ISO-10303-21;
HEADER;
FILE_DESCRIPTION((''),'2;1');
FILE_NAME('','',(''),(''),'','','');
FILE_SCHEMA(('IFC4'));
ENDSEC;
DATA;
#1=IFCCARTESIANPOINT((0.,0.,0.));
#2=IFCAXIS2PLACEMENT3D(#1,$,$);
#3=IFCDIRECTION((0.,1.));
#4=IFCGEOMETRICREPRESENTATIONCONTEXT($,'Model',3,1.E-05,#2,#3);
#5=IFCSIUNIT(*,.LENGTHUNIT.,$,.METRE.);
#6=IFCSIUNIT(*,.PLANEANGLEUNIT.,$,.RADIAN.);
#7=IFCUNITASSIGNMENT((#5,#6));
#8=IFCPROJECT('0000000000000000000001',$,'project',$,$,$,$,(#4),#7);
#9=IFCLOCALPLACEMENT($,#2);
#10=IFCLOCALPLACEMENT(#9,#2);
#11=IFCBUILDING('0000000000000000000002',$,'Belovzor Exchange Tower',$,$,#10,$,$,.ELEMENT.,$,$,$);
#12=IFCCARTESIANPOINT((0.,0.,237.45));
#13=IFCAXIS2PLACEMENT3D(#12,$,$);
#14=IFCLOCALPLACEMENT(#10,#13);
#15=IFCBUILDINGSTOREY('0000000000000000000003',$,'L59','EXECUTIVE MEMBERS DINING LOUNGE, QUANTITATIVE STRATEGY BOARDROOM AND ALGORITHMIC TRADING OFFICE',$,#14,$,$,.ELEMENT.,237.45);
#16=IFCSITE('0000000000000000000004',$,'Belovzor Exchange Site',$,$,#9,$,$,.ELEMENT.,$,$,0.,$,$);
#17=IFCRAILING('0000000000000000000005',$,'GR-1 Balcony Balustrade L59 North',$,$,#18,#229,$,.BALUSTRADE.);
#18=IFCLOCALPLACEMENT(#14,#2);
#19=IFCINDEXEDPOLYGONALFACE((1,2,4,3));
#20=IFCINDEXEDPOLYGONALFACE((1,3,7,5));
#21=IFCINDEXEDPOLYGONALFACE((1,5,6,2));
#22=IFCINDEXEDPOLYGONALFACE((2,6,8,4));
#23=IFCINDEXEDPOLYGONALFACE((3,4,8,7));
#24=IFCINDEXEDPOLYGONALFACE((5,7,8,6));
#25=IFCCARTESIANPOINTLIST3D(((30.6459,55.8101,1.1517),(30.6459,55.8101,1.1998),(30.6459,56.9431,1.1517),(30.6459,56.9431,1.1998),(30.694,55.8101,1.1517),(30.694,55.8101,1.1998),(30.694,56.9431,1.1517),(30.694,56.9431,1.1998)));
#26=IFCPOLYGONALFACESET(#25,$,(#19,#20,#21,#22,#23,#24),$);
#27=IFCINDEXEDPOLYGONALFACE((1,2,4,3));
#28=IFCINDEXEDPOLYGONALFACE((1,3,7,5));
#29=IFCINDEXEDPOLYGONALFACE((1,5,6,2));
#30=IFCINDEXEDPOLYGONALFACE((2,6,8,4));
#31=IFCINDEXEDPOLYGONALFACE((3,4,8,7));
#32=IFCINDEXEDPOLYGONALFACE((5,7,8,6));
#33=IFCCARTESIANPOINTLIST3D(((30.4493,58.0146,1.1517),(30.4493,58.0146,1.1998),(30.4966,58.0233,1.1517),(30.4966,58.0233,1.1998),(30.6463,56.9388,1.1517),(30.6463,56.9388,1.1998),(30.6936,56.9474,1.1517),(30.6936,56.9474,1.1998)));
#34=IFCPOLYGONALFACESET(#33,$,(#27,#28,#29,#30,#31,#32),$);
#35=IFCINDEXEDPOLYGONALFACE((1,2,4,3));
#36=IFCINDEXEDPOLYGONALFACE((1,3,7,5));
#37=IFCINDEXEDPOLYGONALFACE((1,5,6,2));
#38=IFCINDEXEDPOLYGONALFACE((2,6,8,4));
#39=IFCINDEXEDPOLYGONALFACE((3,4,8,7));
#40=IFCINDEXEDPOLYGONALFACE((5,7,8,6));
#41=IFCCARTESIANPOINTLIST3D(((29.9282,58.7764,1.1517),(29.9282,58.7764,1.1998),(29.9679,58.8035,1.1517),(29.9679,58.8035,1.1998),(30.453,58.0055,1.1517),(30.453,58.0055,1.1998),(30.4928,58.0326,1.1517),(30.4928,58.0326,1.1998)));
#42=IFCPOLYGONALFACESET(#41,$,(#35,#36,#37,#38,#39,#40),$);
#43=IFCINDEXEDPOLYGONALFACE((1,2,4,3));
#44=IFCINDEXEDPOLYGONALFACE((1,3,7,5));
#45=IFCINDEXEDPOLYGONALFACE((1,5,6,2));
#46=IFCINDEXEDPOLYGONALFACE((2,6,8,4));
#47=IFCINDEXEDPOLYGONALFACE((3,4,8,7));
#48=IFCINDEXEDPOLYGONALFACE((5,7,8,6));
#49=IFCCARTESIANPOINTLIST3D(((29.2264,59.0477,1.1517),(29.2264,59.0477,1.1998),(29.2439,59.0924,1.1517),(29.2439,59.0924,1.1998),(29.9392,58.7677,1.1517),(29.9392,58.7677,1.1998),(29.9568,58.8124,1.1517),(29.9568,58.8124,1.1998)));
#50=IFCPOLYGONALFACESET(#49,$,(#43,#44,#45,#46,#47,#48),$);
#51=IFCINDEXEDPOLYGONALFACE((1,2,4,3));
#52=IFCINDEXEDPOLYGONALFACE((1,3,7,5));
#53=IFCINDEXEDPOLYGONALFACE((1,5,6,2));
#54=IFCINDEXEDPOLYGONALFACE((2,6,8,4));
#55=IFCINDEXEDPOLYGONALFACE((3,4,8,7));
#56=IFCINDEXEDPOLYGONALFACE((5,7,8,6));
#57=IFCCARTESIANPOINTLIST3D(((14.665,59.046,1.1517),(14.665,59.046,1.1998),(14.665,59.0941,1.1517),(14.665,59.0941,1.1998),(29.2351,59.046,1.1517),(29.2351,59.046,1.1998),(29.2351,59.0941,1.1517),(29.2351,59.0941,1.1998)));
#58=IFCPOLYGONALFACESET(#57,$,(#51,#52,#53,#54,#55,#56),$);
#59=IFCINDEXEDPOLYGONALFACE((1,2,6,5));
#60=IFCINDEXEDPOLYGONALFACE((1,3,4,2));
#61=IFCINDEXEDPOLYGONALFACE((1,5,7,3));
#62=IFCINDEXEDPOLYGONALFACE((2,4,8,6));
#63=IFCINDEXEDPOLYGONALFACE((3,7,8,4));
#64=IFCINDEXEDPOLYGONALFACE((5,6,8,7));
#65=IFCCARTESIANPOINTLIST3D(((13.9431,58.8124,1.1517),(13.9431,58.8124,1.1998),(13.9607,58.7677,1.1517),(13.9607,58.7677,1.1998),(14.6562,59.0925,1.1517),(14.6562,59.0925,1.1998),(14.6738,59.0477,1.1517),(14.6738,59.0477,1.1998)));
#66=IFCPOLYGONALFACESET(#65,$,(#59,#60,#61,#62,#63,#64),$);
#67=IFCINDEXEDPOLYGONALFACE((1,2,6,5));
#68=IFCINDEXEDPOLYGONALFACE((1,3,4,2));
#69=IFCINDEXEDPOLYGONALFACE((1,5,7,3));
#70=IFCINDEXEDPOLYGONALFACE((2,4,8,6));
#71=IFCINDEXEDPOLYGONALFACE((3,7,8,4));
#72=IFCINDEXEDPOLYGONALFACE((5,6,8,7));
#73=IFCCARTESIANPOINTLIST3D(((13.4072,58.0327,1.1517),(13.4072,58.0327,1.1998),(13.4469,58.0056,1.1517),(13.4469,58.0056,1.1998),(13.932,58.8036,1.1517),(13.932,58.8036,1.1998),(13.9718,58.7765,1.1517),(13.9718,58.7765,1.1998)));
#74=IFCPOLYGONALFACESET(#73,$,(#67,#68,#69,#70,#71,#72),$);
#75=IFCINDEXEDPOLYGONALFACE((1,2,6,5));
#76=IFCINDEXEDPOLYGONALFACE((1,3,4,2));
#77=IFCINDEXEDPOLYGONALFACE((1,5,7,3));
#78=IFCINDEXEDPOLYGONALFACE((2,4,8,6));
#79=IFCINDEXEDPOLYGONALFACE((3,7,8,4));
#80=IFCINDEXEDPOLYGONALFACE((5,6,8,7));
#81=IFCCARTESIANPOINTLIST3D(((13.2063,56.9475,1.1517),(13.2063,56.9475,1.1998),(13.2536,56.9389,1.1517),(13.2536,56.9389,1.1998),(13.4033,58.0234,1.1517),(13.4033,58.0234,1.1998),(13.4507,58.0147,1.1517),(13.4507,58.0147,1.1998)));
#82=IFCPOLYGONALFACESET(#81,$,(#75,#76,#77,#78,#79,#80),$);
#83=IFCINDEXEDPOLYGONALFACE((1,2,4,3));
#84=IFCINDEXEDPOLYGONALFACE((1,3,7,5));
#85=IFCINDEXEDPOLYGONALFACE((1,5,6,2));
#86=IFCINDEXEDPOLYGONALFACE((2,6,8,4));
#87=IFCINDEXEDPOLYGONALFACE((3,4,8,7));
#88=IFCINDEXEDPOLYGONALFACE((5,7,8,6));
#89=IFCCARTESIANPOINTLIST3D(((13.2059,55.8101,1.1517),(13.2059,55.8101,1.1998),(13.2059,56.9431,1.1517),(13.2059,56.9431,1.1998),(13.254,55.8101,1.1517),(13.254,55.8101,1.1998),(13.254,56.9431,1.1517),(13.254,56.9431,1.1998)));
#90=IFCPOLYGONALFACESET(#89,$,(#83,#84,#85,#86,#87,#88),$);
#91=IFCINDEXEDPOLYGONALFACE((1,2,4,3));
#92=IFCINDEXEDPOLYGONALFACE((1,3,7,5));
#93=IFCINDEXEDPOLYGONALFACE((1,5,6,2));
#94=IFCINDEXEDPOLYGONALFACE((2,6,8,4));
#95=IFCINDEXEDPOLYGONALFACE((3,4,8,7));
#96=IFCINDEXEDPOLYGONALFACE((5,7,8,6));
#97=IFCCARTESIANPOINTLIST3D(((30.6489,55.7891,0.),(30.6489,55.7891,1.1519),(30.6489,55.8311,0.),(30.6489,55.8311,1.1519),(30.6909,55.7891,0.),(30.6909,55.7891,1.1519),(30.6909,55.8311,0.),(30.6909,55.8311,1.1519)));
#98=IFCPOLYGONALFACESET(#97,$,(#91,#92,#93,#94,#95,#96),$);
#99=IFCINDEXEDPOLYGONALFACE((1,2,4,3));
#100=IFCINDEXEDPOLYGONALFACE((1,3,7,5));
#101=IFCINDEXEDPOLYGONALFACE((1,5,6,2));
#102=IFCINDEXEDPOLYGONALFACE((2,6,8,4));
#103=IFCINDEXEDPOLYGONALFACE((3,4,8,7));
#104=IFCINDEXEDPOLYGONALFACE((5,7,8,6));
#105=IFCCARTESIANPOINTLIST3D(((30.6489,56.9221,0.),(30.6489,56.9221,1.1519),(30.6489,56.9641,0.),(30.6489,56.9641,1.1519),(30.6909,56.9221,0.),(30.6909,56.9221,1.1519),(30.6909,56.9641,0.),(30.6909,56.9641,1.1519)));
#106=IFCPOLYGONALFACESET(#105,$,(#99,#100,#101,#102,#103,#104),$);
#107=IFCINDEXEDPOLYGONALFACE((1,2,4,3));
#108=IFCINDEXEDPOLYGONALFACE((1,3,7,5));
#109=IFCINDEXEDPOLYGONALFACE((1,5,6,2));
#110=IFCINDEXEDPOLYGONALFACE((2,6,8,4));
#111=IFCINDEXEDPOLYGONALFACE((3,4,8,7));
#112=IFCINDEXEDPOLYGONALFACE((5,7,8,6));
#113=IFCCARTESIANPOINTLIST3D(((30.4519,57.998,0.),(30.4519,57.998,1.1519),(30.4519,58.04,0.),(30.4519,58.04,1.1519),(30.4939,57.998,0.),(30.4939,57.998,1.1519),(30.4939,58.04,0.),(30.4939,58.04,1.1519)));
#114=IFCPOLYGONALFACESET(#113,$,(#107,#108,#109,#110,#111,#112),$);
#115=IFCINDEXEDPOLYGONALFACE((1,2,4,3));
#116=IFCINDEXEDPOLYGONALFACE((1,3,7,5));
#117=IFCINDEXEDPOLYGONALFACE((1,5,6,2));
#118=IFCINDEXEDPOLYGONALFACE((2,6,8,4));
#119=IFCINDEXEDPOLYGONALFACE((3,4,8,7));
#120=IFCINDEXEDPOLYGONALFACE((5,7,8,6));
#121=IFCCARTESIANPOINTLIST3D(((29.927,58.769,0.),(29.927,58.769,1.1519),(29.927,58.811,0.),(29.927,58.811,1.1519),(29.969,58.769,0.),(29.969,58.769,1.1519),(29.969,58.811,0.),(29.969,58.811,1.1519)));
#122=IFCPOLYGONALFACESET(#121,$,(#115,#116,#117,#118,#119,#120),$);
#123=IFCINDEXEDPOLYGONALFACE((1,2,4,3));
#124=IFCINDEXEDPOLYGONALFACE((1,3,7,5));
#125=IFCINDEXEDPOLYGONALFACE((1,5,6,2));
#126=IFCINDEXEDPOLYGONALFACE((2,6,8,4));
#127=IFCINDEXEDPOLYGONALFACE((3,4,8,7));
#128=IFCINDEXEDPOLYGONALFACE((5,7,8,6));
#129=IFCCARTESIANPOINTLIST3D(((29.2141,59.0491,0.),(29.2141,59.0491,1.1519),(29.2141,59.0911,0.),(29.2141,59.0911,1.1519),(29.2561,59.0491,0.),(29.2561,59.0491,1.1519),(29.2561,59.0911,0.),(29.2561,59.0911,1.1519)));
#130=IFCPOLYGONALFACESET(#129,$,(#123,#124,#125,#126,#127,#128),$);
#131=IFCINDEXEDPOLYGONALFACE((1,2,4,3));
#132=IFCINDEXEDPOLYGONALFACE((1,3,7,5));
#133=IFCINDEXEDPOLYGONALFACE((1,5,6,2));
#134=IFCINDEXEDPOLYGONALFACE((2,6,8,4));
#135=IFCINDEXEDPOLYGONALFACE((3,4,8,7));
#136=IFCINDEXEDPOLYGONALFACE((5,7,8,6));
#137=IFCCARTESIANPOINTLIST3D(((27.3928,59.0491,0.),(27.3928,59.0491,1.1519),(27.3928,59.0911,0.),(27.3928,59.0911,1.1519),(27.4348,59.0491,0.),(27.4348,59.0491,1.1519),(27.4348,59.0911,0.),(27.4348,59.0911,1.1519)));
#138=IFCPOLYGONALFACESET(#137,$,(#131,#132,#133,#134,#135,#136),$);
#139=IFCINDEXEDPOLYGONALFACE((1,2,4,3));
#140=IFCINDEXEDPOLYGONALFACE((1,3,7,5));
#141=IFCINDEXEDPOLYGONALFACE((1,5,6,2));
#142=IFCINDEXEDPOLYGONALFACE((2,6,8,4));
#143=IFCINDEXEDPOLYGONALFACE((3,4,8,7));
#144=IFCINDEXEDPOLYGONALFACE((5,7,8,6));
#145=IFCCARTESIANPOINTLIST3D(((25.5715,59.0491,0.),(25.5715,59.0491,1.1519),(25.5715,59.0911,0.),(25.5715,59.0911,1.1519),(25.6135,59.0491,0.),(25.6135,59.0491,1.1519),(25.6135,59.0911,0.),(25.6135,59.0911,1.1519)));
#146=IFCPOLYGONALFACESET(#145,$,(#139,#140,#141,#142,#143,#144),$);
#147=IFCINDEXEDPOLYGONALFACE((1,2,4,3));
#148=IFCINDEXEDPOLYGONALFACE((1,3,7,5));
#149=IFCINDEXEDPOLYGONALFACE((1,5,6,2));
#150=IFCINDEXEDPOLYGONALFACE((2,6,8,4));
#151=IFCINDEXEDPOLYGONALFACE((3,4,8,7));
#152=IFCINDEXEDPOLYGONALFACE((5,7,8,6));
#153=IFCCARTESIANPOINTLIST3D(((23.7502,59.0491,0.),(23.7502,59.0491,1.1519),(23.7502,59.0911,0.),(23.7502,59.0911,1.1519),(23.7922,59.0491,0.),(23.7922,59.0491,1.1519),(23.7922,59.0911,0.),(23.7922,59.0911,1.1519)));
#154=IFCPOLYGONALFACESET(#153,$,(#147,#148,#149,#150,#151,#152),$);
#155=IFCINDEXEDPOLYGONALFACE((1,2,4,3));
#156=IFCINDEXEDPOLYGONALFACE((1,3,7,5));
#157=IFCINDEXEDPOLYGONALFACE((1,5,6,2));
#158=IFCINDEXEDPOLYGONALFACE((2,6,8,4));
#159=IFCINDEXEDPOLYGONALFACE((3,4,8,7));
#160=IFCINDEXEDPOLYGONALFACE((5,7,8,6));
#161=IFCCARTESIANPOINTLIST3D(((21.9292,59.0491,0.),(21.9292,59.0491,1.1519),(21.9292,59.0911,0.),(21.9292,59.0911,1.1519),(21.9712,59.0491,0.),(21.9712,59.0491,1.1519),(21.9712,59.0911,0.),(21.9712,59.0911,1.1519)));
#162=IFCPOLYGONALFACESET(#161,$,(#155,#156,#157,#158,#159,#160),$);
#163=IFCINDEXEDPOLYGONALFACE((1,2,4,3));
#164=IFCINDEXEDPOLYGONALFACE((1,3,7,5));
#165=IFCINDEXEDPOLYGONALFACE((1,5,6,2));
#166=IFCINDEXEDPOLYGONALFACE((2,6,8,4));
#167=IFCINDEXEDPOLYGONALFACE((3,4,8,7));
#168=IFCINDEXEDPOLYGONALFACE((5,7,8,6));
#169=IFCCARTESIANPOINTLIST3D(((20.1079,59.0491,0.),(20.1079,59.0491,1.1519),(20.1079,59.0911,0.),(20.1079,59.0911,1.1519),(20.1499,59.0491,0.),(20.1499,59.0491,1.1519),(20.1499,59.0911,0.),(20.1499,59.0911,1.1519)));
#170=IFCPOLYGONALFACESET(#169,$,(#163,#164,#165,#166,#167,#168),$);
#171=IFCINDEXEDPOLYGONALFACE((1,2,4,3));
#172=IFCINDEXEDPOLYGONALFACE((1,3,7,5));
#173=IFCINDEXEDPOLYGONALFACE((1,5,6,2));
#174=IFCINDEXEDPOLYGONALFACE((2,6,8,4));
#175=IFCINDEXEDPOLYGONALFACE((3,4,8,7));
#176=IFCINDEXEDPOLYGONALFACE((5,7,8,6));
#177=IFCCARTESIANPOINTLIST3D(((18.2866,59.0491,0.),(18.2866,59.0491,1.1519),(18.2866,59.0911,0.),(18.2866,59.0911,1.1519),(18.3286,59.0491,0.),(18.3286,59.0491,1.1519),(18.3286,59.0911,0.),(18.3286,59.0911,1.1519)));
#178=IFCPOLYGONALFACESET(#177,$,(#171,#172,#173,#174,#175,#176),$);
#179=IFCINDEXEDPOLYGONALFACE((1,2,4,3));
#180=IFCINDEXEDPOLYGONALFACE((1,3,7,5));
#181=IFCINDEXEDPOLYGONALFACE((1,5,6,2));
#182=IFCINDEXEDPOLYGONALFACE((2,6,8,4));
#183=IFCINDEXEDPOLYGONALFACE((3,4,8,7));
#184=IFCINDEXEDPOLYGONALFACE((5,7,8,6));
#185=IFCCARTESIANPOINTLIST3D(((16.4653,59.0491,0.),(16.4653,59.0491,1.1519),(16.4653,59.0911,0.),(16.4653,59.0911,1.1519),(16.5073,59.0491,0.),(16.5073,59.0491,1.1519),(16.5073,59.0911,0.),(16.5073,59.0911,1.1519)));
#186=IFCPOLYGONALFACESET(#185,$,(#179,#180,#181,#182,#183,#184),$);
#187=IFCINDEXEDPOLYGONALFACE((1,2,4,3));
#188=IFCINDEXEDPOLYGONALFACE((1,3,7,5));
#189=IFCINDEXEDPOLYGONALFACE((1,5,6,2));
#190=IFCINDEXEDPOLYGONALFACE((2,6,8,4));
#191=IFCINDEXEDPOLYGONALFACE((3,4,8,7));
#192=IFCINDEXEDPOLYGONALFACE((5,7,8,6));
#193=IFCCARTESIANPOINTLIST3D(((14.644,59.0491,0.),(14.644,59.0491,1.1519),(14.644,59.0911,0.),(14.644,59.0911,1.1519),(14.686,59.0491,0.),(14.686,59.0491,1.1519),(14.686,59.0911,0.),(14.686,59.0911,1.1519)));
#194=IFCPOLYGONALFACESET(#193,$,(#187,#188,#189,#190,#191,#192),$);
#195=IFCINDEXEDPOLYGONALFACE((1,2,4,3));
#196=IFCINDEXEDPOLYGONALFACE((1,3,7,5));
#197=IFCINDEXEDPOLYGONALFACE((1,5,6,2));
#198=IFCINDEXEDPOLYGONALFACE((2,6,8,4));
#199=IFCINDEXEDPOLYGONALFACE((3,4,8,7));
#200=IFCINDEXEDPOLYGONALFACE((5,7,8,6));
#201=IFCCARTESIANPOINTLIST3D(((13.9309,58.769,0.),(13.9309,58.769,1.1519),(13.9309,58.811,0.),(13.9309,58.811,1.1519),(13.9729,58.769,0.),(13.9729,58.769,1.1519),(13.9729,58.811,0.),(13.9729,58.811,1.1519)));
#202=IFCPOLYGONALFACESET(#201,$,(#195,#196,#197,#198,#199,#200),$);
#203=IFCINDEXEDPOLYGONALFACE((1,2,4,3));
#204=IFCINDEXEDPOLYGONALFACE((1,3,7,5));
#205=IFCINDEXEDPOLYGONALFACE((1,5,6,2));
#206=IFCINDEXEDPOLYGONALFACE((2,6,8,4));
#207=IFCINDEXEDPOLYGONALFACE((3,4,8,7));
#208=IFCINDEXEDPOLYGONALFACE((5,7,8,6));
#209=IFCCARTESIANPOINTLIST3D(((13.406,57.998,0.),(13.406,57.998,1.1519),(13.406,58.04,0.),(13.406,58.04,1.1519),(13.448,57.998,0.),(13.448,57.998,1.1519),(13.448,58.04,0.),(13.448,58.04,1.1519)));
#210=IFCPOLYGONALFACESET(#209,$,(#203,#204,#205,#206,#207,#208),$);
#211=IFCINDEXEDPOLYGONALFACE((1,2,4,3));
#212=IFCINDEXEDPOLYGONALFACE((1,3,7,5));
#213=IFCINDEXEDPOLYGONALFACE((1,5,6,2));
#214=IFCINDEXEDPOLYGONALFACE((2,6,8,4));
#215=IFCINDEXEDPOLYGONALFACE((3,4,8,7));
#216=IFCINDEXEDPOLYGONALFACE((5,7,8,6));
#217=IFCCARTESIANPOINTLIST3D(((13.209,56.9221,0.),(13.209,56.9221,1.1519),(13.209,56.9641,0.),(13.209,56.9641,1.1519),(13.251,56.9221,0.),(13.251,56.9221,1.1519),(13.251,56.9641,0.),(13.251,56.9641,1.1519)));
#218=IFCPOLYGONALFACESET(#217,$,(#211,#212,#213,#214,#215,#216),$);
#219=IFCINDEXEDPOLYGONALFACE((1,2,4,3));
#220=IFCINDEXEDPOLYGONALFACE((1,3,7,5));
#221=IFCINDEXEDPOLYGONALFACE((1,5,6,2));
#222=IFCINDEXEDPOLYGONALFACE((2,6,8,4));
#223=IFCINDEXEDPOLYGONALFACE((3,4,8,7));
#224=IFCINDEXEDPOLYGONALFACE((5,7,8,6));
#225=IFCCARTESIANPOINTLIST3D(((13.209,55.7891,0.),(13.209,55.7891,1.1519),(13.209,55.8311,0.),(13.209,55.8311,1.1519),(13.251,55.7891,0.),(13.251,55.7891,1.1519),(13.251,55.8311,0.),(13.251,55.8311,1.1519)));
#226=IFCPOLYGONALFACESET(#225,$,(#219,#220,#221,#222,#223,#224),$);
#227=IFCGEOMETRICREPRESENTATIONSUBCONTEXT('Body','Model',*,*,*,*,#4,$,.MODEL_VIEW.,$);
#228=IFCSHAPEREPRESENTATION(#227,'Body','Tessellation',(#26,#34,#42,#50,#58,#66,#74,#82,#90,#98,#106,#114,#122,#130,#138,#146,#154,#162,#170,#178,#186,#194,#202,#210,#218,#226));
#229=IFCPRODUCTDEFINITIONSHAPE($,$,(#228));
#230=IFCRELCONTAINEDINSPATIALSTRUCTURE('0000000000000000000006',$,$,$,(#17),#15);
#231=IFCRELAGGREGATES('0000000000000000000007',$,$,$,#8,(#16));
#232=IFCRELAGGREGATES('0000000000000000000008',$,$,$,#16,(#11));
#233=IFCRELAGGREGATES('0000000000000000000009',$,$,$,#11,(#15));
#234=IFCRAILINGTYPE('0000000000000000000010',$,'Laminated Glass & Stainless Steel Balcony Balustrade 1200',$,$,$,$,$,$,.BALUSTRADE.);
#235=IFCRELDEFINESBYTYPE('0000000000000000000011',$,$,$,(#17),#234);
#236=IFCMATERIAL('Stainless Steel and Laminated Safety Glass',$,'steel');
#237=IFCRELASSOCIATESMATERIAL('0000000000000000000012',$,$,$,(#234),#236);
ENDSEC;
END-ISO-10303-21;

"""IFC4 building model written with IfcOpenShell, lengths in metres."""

from ifc_helpers import new_model, si_unit, direction, frame, origin, origin_2d, place, context, subcontext, project, spatial, rectangle, extrude, material, type_object, element, save


model = new_model("IFC4")

# Units and contexts
model_context = context("Model", 3, precision=1e-05, world=origin(), true_north=direction((0.0, 1.0)))
body_context = subcontext(model_context, "Body", "Model", "MODEL_VIEW")
ifc_project = project(units=[si_unit("LENGTHUNIT", "METRE"), si_unit("PLANEANGLEUNIT", "RADIAN")], contexts=[model_context])

# Site, building, storey
site_placement = place(None, origin())
site = spatial("IfcSite", under=ifc_project, at=site_placement, Name="Belovzor Exchange Site", CompositionType="ELEMENT", RefElevation=0.0)
building_placement = place(site_placement, origin())
building = spatial("IfcBuilding", under=site, at=building_placement, Name="Belovzor Exchange Tower", CompositionType="ELEMENT")
storey_placement = place(building_placement, frame((0.0, 0.0, 237.45)))
storey = spatial("IfcBuildingStorey", under=building, at=storey_placement, Name="L59", Description="EXECUTIVE MEMBERS DINING LOUNGE, QUANTITATIVE STRATEGY BOARDROOM AND ALGORITHMIC TRADING OFFICE", CompositionType="ELEMENT", Elevation=237.45)

# Railing
ifc_material_1 = material(Name="Stainless Steel and Laminated Safety Glass", Category="steel")
railing_type_1 = type_object("IfcRailingType", Name="Laminated Glass & Stainless Steel Balcony Balustrade 1200", PredefinedType="BALUSTRADE", material=ifc_material_1)
railing_1_placement = place(storey_placement, frame((30.6699, 55.8101, 0.0)))
element("IfcRailing", 1, at=railing_1_placement, inside=storey, type_object=railing_type_1, Name="GR-1 Balcony Balustrade L59 North", PredefinedType="BALUSTRADE", context=body_context, shape_type="SweptSolid", body=[
    extrude(rectangle(XDim=0.0481, YDim=0.0481, at=origin_2d()), frame((0.0, 0.0, 1.1758), z_axis=(0.0, 1.0, 0.0), x_axis=(-1.0, 0.0, 0.0)), (0.0, 0.0, 1.0), 1.1331),
    extrude(rectangle(XDim=0.0481, YDim=0.0481, at=origin_2d()), frame((0.0, 1.1331, 1.1758), z_axis=(-0.180123, 0.983644, 0.0), x_axis=(-0.983644, -0.180123, 0.0)), (0.0, 0.0, 1.0), 1.0938),
    extrude(rectangle(XDim=0.0481, YDim=0.0481, at=origin_2d()), frame((-0.197, 2.209, 1.1758), z_axis=(-0.562768, 0.826615, 0.0), x_axis=(-0.826615, -0.562768, 0.0)), (0.0, 0.0, 1.0), 0.9326),
    extrude(rectangle(XDim=0.0481, YDim=0.0481, at=origin_2d()), frame((-0.7219, 2.98, 1.1758), z_axis=(-0.930767, 0.365613, 0.0), x_axis=(-0.365613, -0.930767, 0.0)), (0.0, 0.0, 1.0), 0.7659),
    extrude(rectangle(XDim=0.0481, YDim=0.0481, at=origin_2d()), frame((-1.4348, 3.26, 1.1758), z_axis=(-1.0, 0.0, 0.0), x_axis=(0.0, -1.0, 0.0)), (0.0, 0.0, 1.0), 14.5701),
    extrude(rectangle(XDim=0.0481, YDim=0.0481, at=origin_2d()), frame((-16.0049, 3.26, 1.1758), z_axis=(-0.93081, -0.365504, 0.0), x_axis=(0.365504, -0.93081, 0.0)), (0.0, 0.0, 1.0), 0.7661),
    extrude(rectangle(XDim=0.0481, YDim=0.0481, at=origin_2d()), frame((-16.718, 2.98, 1.1758), z_axis=(-0.562768, -0.826615, 0.0), x_axis=(0.826615, -0.562768, 0.0)), (0.0, 0.0, 1.0), 0.9326),
    extrude(rectangle(XDim=0.0481, YDim=0.0481, at=origin_2d()), frame((-17.2429, 2.209, 1.1758), z_axis=(-0.180123, -0.983644, 0.0), x_axis=(0.983644, -0.180123, 0.0)), (0.0, 0.0, 1.0), 1.0938),
    extrude(rectangle(XDim=0.0481, YDim=0.0481, at=origin_2d()), frame((-17.4399, 1.1331, 1.1758), z_axis=(0.0, -1.0, 0.0), x_axis=(1.0, 0.0, 0.0)), (0.0, 0.0, 1.0), 1.1331),
    extrude(rectangle(XDim=0.042, YDim=0.042, at=origin_2d()), origin(), (0.0, 0.0, 1.0), 1.1519),
    extrude(rectangle(XDim=0.042, YDim=0.042, at=origin_2d()), frame((0.0, 1.1331, 0.0)), (0.0, 0.0, 1.0), 1.1519),
    extrude(rectangle(XDim=0.042, YDim=0.042, at=origin_2d()), frame((-0.197, 2.209, 0.0)), (0.0, 0.0, 1.0), 1.1519),
    extrude(rectangle(XDim=0.042, YDim=0.042, at=origin_2d()), frame((-0.7219, 2.98, 0.0)), (0.0, 0.0, 1.0), 1.1519),
    extrude(rectangle(XDim=0.042, YDim=0.042, at=origin_2d()), frame((-1.4348, 3.26, 0.0)), (0.0, 0.0, 1.0), 1.1519),
    extrude(rectangle(XDim=0.042, YDim=0.042, at=origin_2d()), frame((-3.2561, 3.26, 0.0)), (0.0, 0.0, 1.0), 1.1519),
    extrude(rectangle(XDim=0.042, YDim=0.042, at=origin_2d()), frame((-5.0774, 3.26, 0.0)), (0.0, 0.0, 1.0), 1.1519),
    extrude(rectangle(XDim=0.042, YDim=0.042, at=origin_2d()), frame((-6.8987, 3.26, 0.0)), (0.0, 0.0, 1.0), 1.1519),
    extrude(rectangle(XDim=0.042, YDim=0.042, at=origin_2d()), frame((-8.7197, 3.26, 0.0)), (0.0, 0.0, 1.0), 1.1519),
    extrude(rectangle(XDim=0.042, YDim=0.042, at=origin_2d()), frame((-10.541, 3.26, 0.0)), (0.0, 0.0, 1.0), 1.1519),
    extrude(rectangle(XDim=0.042, YDim=0.042, at=origin_2d()), frame((-12.3623, 3.26, 0.0)), (0.0, 0.0, 1.0), 1.1519),
    extrude(rectangle(XDim=0.042, YDim=0.042, at=origin_2d()), frame((-14.1836, 3.26, 0.0)), (0.0, 0.0, 1.0), 1.1519),
    extrude(rectangle(XDim=0.042, YDim=0.042, at=origin_2d()), frame((-16.0049, 3.26, 0.0)), (0.0, 0.0, 1.0), 1.1519),
    extrude(rectangle(XDim=0.042, YDim=0.042, at=origin_2d()), frame((-16.718, 2.98, 0.0)), (0.0, 0.0, 1.0), 1.1519),
    extrude(rectangle(XDim=0.042, YDim=0.042, at=origin_2d()), frame((-17.2429, 2.209, 0.0)), (0.0, 0.0, 1.0), 1.1519),
    extrude(rectangle(XDim=0.042, YDim=0.042, at=origin_2d()), frame((-17.4399, 1.1331, 0.0)), (0.0, 0.0, 1.0), 1.1519),
    extrude(rectangle(XDim=0.042, YDim=0.042, at=origin_2d()), frame((-17.4399, 0.0, 0.0)), (0.0, 0.0, 1.0), 1.1519),
])

save(model, "model.ifc")
